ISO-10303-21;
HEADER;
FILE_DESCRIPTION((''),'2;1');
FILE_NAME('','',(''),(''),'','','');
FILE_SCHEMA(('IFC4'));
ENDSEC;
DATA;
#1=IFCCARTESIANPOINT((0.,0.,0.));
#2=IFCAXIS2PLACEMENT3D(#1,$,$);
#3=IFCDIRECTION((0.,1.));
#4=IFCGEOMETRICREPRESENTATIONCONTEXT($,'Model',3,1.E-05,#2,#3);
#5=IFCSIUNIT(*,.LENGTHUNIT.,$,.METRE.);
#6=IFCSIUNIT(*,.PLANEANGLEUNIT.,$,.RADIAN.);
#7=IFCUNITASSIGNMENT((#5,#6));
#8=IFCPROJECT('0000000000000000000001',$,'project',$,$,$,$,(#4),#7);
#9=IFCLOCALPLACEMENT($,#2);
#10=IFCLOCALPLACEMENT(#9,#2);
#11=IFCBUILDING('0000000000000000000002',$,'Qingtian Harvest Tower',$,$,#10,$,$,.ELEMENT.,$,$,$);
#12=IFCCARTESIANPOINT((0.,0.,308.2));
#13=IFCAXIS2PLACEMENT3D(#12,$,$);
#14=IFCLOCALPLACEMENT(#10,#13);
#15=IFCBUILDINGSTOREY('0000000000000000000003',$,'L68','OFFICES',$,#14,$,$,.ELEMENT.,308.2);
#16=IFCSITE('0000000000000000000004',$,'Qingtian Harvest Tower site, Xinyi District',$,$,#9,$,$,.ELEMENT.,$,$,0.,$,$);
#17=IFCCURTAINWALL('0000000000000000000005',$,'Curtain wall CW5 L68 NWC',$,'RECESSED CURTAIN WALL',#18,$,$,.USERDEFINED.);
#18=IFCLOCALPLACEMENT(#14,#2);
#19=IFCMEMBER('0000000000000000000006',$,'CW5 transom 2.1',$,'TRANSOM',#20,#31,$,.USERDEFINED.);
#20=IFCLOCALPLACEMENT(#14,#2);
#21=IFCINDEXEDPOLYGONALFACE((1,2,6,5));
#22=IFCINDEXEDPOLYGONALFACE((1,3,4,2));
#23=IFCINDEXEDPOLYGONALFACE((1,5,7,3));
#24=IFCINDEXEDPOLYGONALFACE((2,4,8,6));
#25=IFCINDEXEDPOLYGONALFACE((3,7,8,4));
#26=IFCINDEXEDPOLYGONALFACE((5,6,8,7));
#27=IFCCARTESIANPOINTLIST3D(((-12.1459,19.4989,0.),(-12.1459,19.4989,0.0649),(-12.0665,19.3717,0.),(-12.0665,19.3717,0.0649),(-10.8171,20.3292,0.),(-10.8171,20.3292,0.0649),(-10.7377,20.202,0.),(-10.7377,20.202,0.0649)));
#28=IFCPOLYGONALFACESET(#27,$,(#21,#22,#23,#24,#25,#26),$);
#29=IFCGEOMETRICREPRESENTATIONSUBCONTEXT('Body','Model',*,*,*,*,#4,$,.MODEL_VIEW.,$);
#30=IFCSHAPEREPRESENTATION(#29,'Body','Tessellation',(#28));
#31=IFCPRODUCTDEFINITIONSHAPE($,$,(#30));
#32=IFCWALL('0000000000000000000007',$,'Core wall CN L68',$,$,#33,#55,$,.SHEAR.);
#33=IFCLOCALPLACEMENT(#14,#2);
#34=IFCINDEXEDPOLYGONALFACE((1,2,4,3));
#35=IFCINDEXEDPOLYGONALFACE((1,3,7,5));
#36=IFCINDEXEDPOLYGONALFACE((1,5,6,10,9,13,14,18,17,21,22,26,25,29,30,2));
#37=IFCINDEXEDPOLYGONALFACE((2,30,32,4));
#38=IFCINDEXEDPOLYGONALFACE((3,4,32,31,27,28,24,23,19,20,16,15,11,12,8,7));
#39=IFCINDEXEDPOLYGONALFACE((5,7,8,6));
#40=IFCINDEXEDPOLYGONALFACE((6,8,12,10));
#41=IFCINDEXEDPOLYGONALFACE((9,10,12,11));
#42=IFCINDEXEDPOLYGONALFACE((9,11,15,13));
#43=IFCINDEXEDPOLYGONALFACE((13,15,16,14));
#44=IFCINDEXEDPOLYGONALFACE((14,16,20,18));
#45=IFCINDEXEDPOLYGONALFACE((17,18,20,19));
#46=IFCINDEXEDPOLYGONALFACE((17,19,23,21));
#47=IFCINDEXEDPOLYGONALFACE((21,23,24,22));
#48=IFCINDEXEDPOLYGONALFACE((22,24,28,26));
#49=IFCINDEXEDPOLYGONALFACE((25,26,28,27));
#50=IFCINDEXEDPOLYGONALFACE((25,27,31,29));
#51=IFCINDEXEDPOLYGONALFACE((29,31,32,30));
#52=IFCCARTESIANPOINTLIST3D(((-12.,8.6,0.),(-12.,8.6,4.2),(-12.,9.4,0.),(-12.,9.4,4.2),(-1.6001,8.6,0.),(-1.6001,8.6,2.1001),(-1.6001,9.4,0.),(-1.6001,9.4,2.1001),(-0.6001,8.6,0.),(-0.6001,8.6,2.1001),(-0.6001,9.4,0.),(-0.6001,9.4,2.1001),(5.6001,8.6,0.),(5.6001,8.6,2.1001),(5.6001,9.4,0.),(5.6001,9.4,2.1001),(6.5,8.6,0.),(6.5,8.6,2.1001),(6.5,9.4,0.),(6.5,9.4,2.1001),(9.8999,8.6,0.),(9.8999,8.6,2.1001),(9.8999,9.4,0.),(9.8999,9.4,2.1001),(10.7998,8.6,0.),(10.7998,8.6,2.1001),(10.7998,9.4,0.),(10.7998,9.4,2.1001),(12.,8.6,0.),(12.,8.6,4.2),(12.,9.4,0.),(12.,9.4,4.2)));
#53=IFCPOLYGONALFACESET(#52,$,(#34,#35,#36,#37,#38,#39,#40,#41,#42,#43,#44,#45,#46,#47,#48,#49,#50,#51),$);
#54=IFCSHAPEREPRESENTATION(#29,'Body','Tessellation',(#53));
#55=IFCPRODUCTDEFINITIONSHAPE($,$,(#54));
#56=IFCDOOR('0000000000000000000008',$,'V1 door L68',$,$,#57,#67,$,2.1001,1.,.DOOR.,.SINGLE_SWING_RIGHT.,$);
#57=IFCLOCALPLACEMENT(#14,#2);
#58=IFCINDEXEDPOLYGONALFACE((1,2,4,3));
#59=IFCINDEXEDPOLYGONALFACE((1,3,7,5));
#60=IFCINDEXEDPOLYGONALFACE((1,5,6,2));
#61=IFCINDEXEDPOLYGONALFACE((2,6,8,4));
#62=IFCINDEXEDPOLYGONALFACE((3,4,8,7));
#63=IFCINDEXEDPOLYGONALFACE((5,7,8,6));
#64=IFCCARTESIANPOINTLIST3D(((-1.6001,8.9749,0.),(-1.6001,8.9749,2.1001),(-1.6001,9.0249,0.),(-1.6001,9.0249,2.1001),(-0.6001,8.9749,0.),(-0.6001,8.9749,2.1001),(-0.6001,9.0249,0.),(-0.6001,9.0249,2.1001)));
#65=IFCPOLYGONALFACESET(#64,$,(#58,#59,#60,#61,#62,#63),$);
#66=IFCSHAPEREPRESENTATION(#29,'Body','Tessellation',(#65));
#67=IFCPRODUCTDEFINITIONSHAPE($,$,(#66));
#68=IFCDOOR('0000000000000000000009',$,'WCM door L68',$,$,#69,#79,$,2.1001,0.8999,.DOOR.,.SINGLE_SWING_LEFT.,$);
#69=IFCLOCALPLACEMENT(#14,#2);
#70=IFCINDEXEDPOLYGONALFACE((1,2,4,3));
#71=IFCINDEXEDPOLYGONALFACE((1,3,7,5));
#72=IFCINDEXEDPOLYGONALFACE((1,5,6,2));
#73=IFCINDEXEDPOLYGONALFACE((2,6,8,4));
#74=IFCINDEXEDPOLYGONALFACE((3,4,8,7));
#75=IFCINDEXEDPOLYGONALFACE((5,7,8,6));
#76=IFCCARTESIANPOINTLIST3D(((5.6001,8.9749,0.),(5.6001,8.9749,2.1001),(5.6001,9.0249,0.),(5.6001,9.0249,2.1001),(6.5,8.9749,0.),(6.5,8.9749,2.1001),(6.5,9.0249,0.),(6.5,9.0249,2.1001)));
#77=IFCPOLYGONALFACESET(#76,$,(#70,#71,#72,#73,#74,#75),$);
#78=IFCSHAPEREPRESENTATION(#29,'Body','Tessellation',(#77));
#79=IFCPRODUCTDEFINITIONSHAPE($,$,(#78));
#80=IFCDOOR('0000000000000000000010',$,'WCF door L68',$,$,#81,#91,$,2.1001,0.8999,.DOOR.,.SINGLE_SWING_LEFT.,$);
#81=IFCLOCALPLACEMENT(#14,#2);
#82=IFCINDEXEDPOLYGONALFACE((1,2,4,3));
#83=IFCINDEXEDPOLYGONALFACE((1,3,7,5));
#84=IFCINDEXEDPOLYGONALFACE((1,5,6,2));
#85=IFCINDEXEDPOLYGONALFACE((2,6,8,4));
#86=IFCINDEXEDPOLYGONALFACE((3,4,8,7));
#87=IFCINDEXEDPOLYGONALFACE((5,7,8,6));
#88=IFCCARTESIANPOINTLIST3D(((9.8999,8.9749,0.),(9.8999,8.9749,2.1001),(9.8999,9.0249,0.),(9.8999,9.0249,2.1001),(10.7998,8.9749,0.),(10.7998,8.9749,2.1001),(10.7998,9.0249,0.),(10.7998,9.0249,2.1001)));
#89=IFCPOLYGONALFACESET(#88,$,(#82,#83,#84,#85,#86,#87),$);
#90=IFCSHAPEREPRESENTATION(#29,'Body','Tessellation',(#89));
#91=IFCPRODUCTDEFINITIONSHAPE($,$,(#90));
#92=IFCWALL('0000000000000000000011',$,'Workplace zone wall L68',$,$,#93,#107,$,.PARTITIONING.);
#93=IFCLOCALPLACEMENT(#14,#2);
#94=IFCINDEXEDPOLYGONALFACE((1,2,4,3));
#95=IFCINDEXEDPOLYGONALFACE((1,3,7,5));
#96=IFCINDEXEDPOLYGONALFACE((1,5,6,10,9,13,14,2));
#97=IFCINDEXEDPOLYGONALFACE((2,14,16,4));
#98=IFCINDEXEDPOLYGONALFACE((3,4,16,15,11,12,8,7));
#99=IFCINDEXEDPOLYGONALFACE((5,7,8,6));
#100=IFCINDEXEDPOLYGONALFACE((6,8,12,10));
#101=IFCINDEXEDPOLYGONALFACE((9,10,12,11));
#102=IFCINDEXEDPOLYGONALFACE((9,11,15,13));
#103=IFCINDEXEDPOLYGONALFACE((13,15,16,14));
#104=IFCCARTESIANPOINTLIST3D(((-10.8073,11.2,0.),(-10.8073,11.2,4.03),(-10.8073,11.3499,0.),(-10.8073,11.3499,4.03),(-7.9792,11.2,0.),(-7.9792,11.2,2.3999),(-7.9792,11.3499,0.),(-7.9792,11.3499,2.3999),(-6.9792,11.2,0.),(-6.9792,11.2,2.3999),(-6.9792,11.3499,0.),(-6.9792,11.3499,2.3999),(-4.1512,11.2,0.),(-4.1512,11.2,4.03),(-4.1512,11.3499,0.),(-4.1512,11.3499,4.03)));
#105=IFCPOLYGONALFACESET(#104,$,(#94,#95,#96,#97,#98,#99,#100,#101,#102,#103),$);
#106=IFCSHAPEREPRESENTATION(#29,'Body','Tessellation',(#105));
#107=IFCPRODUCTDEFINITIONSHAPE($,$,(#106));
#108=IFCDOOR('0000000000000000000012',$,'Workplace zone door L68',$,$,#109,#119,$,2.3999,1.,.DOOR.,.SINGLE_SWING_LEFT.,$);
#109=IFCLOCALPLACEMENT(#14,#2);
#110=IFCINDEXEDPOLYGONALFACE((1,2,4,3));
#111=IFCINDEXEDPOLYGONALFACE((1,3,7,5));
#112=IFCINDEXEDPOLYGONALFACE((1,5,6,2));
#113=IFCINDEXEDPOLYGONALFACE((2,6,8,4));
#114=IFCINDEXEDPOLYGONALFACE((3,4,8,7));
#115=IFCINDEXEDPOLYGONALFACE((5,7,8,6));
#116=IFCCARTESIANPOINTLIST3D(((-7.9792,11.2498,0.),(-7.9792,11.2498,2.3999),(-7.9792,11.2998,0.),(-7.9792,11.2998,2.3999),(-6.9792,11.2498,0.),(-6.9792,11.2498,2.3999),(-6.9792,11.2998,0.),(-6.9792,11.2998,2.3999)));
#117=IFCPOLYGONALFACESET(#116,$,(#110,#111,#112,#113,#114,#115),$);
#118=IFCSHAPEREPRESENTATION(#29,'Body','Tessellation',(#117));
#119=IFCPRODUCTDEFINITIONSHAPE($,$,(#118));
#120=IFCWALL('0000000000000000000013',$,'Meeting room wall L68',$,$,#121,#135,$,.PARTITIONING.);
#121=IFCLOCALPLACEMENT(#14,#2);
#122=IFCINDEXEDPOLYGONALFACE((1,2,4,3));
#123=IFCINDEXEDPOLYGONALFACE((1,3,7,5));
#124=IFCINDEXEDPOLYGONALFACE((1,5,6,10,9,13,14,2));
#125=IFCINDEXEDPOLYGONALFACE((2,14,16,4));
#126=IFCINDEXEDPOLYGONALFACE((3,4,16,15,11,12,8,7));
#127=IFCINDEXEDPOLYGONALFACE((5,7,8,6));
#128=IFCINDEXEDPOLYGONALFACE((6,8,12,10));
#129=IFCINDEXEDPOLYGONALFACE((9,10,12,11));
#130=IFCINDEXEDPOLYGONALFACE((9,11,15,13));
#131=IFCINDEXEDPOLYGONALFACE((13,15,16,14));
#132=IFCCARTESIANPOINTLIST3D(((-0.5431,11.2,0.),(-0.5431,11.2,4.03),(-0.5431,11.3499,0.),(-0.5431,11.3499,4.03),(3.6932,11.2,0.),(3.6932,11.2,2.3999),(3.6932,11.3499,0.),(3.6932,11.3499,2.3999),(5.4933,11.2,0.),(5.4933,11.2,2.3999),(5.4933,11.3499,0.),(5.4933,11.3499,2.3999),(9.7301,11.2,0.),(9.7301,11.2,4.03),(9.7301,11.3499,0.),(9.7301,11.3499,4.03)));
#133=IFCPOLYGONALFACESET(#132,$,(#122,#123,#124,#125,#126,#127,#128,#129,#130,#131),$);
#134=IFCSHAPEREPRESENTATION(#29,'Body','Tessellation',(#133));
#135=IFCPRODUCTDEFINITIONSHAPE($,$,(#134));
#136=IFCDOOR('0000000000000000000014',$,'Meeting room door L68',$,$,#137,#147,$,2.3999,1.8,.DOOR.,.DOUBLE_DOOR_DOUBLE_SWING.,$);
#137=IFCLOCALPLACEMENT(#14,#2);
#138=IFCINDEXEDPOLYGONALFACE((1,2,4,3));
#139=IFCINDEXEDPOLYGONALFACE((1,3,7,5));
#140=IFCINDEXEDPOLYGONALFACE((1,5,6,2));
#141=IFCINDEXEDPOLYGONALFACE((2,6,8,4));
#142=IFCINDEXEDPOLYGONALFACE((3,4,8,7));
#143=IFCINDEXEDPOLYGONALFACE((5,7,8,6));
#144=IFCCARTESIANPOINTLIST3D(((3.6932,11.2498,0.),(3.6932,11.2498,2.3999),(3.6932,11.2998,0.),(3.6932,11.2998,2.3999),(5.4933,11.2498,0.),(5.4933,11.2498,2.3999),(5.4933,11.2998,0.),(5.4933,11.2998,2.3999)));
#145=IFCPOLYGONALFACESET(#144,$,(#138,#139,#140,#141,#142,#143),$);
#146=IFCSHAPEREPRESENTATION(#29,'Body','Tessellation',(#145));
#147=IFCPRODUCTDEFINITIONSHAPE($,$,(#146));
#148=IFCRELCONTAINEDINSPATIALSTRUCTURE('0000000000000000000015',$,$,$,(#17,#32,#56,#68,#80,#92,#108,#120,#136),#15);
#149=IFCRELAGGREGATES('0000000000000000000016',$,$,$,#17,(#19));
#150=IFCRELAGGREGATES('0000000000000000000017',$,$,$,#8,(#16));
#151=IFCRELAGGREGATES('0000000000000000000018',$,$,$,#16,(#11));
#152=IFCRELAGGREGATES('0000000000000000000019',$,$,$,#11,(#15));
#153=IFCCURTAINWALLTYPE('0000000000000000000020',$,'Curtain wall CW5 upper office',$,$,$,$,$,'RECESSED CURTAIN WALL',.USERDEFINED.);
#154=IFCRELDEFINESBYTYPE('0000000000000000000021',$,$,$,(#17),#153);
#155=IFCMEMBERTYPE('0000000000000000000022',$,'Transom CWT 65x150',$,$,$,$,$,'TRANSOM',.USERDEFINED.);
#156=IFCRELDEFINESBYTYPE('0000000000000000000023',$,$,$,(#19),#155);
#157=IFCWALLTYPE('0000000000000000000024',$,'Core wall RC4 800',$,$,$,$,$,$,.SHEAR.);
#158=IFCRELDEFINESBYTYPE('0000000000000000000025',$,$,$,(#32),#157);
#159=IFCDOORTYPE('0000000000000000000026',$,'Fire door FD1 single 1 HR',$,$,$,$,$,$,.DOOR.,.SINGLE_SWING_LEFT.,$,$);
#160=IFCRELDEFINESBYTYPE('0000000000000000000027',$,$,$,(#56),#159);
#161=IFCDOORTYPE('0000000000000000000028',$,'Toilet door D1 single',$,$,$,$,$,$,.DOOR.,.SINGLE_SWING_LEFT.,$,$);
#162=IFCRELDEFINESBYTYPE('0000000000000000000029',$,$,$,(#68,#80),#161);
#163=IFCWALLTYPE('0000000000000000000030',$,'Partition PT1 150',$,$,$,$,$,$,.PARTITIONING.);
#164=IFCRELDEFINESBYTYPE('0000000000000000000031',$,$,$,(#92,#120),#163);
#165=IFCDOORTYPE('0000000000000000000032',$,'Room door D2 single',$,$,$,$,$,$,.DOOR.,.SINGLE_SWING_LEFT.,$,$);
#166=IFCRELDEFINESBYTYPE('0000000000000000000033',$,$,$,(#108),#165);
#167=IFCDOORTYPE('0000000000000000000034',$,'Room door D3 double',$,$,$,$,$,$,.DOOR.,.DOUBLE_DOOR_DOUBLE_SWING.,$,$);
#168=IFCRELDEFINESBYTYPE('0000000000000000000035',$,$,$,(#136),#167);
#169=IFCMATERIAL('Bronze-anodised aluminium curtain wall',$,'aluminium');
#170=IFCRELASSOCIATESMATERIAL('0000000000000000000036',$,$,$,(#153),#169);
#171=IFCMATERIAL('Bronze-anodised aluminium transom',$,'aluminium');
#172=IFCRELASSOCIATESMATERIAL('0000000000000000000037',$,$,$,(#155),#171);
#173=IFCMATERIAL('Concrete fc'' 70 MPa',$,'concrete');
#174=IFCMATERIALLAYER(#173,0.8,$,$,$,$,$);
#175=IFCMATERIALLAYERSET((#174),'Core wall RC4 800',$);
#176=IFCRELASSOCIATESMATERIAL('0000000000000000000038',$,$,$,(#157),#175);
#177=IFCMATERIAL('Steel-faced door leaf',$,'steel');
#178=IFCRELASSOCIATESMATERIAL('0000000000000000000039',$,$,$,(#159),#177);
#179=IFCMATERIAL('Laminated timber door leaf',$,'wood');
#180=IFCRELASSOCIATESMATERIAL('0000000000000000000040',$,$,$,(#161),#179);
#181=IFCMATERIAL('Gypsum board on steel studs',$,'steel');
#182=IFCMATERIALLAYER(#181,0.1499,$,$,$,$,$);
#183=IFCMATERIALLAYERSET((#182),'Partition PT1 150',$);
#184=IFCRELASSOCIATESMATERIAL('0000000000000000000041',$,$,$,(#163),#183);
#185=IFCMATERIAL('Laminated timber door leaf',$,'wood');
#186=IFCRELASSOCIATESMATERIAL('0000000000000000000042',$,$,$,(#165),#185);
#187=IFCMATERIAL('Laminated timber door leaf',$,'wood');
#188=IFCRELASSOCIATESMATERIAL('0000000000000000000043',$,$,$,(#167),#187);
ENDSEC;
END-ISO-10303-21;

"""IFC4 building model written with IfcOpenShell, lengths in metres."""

from ifc_helpers import new_model, si_unit, direction, frame, frame_2d, origin, origin_2d, place, context, subcontext, project, spatial, rectangle, extrude, material, layer, layer_set, material_profile, profile_set, type_object, element, fill, aggregate, save


model = new_model("IFC4")

# Units and contexts
model_context = context("Model", 3, precision=1e-05, world=origin(), true_north=direction((0.0, 1.0)))
body_context = subcontext(model_context, "Body", "Model", "MODEL_VIEW")
ifc_project = project(units=[si_unit("LENGTHUNIT", "METRE"), si_unit("PLANEANGLEUNIT", "RADIAN")], contexts=[model_context])

# Site, building, storey
site_placement = place(None, origin())
site = spatial("IfcSite", under=ifc_project, at=site_placement, Name="Qingtian Harvest Tower site, Xinyi District", CompositionType="ELEMENT", RefElevation=0.0)
building_placement = place(site_placement, origin())
building = spatial("IfcBuilding", under=site, at=building_placement, Name="Qingtian Harvest Tower", CompositionType="ELEMENT")
storey_placement = place(building_placement, frame((0.0, 0.0, 308.2)))
storey = spatial("IfcBuildingStorey", under=building, at=storey_placement, Name="L68", Description="OFFICES", CompositionType="ELEMENT", Elevation=308.2)

# Curtain wall, member
ifc_material_1 = material(Name="Bronze-anodised aluminium curtain wall", Category="aluminium")
curtain_wall_type = type_object("IfcCurtainWallType", Name="Curtain wall CW5 upper office", ElementType="RECESSED CURTAIN WALL", PredefinedType="USERDEFINED", material=ifc_material_1)
curtain_wall_placement = place(storey_placement, origin())
curtain_wall = element("IfcCurtainWall", 1, at=curtain_wall_placement, inside=storey, type_object=curtain_wall_type, Name="Curtain wall CW5 L68 NWC", ObjectType="RECESSED CURTAIN WALL", PredefinedType="USERDEFINED")
ifc_material_2 = material(Name="Bronze-anodised aluminium transom", Category="aluminium")
ifc_material_profile = material_profile(ifc_material_2, rectangle(XDim=0.1499, YDim=0.0649, at=origin_2d()), Name="AL 65x150")
ifc_profile_set = profile_set([ifc_material_profile], Name="Bronze-anodised aluminium transom")
member_type = type_object("IfcMemberType", Name="Transom CWT 65x150", ElementType="TRANSOM", PredefinedType="USERDEFINED", material=ifc_profile_set)
member_placement = place(storey_placement, frame((-12.1062, 19.4353, 0.0325), z_axis=(0.84806, 0.529901, 0.0), x_axis=(-0.529901, 0.84806, 0.0)))
member = element("IfcMember", 2, at=member_placement, type_object=member_type, Name="CW5 transom 2.1", ObjectType="TRANSOM", PredefinedType="USERDEFINED", context=body_context, shape_type="SweptSolid", body=[
    extrude(rectangle(XDim=0.1499, YDim=0.0649, at=origin_2d()), origin(), (0.0, 0.0, 1.0), 1.5669),
])
aggregate(curtain_wall, [member])

# Wall, openings, doors
ifc_material_3 = material(Name="Concrete fc' 70 MPa", Category="concrete")
ifc_layer_1 = layer(ifc_material_3, 0.8)
ifc_layer_set_1 = layer_set([ifc_layer_1], Name="Core wall RC4 800")
wall_type_1 = type_object("IfcWallType", Name="Core wall RC4 800", PredefinedType="SHEAR", material=ifc_layer_set_1)
wall_1_placement = place(storey_placement, frame((-12.0, 9.0, 0.0), z_axis=(0.0, 0.0, 1.0), x_axis=(1.0, 0.0, 0.0)))
wall_1 = element("IfcWall", 3, at=wall_1_placement, inside=storey, type_object=wall_type_1, Name="Core wall CN L68", PredefinedType="SHEAR", context=body_context, shape_type="SweptSolid", body=[
    extrude(rectangle(XDim=24.0, YDim=0.8, at=frame_2d((12.0, 0.0))), origin(), (0.0, 0.0, 1.0), 4.2),
])
opening_1_placement = place(wall_1_placement, frame((10.3999, 0.0, 0.0)))
opening_1 = element("IfcOpeningElement", 4, at=opening_1_placement, cuts=wall_1, PredefinedType="OPENING", context=body_context, shape_type="SweptSolid", body=[
    extrude(rectangle(XDim=1.0, YDim=2.1001, at=frame_2d((0.5, 1.05))), frame((0.0, 0.4099, 0.0), z_axis=(0.0, -1.0, 0.0), x_axis=(1.0, 0.0, 0.0)), (0.0, 0.0, 1.0), 0.8201),
])
opening_2_placement = place(wall_1_placement, frame((17.6001, 0.0, 0.0)))
opening_2 = element("IfcOpeningElement", 5, at=opening_2_placement, cuts=wall_1, PredefinedType="OPENING", context=body_context, shape_type="SweptSolid", body=[
    extrude(rectangle(XDim=0.8999, YDim=2.1001, at=frame_2d((0.45, 1.05))), frame((0.0, 0.4099, 0.0), z_axis=(0.0, -1.0, 0.0), x_axis=(1.0, 0.0, 0.0)), (0.0, 0.0, 1.0), 0.8201),
])
opening_3_placement = place(wall_1_placement, frame((21.8999, 0.0, 0.0)))
opening_3 = element("IfcOpeningElement", 6, at=opening_3_placement, cuts=wall_1, PredefinedType="OPENING", context=body_context, shape_type="SweptSolid", body=[
    extrude(rectangle(XDim=0.8999, YDim=2.1001, at=frame_2d((0.45, 1.05))), frame((0.0, 0.4099, 0.0), z_axis=(0.0, -1.0, 0.0), x_axis=(1.0, 0.0, 0.0)), (0.0, 0.0, 1.0), 0.8201),
])
ifc_material_4 = material(Name="Steel-faced door leaf", Category="steel")
door_type_1 = type_object("IfcDoorType", Name="Fire door FD1 single 1 HR", OperationType="SINGLE_SWING_LEFT", PredefinedType="DOOR", material=ifc_material_4)
door_1_placement = place(opening_1_placement, origin())
door_1 = element("IfcDoor", 7, at=door_1_placement, inside=storey, type_object=door_type_1, Name="V1 door L68", OperationType="SINGLE_SWING_RIGHT", OverallHeight=2.1001, OverallWidth=1.0, PredefinedType="DOOR", context=body_context, shape_type="SweptSolid", body=[
    extrude(rectangle(XDim=1.0, YDim=2.1001, at=frame_2d((0.5, 1.05))), frame((0.0, 0.0249, 0.0), z_axis=(0.0, -1.0, 0.0), x_axis=(1.0, 0.0, 0.0)), (0.0, 0.0, 1.0), 0.05),
])
fill(opening_1, door_1)
ifc_material_5 = material(Name="Laminated timber door leaf", Category="wood")
door_type_2 = type_object("IfcDoorType", Name="Toilet door D1 single", OperationType="SINGLE_SWING_LEFT", PredefinedType="DOOR", material=ifc_material_5)
door_2_placement = place(opening_2_placement, origin())
door_2 = element("IfcDoor", 8, at=door_2_placement, inside=storey, type_object=door_type_2, Name="WCM door L68", OperationType="SINGLE_SWING_LEFT", OverallHeight=2.1001, OverallWidth=0.8999, PredefinedType="DOOR", context=body_context, shape_type="SweptSolid", body=[
    extrude(rectangle(XDim=0.8999, YDim=2.1001, at=frame_2d((0.45, 1.05))), frame((0.0, 0.0249, 0.0), z_axis=(0.0, -1.0, 0.0), x_axis=(1.0, 0.0, 0.0)), (0.0, 0.0, 1.0), 0.05),
])
fill(opening_2, door_2)
door_3_placement = place(opening_3_placement, origin())
door_3 = element("IfcDoor", 9, at=door_3_placement, inside=storey, type_object=door_type_2, Name="WCF door L68", OperationType="SINGLE_SWING_LEFT", OverallHeight=2.1001, OverallWidth=0.8999, PredefinedType="DOOR", context=body_context, shape_type="SweptSolid", body=[
    extrude(rectangle(XDim=0.8999, YDim=2.1001, at=frame_2d((0.45, 1.05))), frame((0.0, 0.0249, 0.0), z_axis=(0.0, -1.0, 0.0), x_axis=(1.0, 0.0, 0.0)), (0.0, 0.0, 1.0), 0.05),
])
fill(opening_3, door_3)

# Walls, openings, doors
ifc_material_6 = material(Name="Gypsum board on steel studs", Category="steel")
ifc_layer_2 = layer(ifc_material_6, 0.1499)
ifc_layer_set_2 = layer_set([ifc_layer_2], Name="Partition PT1 150")
wall_type_2 = type_object("IfcWallType", Name="Partition PT1 150", PredefinedType="PARTITIONING", material=ifc_layer_set_2)
wall_2_placement = place(storey_placement, frame((-10.8074, 11.2749, 0.0), z_axis=(0.0, 0.0, 1.0), x_axis=(1.0, 0.0, 0.0)))
wall_2 = element("IfcWall", 10, at=wall_2_placement, inside=storey, type_object=wall_type_2, Name="Workplace zone wall L68", PredefinedType="PARTITIONING", context=body_context, shape_type="SweptSolid", body=[
    extrude(rectangle(XDim=6.656, YDim=0.1499, at=frame_2d((3.3281, 0.0))), origin(), (0.0, 0.0, 1.0), 4.03),
])
opening_4_placement = place(wall_2_placement, frame((2.8281, 0.0, 0.0)))
opening_4 = element("IfcOpeningElement", 11, at=opening_4_placement, cuts=wall_2, PredefinedType="OPENING", context=body_context, shape_type="SweptSolid", body=[
    extrude(rectangle(XDim=1.0, YDim=2.3999, at=frame_2d((0.5, 1.2))), frame((0.0, 0.085, 0.0), z_axis=(0.0, -1.0, 0.0), x_axis=(1.0, 0.0, 0.0)), (0.0, 0.0, 1.0), 0.1699),
])
ifc_material_7 = material(Name="Laminated timber door leaf", Category="wood")
door_type_3 = type_object("IfcDoorType", Name="Room door D2 single", OperationType="SINGLE_SWING_LEFT", PredefinedType="DOOR", material=ifc_material_7)
door_4_placement = place(opening_4_placement, origin())
door_4 = element("IfcDoor", 12, at=door_4_placement, inside=storey, type_object=door_type_3, Name="Workplace zone door L68", OperationType="SINGLE_SWING_LEFT", OverallHeight=2.3999, OverallWidth=1.0, PredefinedType="DOOR", context=body_context, shape_type="SweptSolid", body=[
    extrude(rectangle(XDim=1.0, YDim=2.3999, at=frame_2d((0.5, 1.2))), frame((0.0, 0.0249, 0.0), z_axis=(0.0, -1.0, 0.0), x_axis=(1.0, 0.0, 0.0)), (0.0, 0.0, 1.0), 0.05),
])
fill(opening_4, door_4)
wall_3_placement = place(storey_placement, frame((-0.5432, 11.2749, 0.0), z_axis=(0.0, 0.0, 1.0), x_axis=(1.0, 0.0, 0.0)))
wall_3 = element("IfcWall", 13, at=wall_3_placement, inside=storey, type_object=wall_type_2, Name="Meeting room wall L68", PredefinedType="PARTITIONING", context=body_context, shape_type="SweptSolid", body=[
    extrude(rectangle(XDim=10.2732, YDim=0.1499, at=frame_2d((5.1367, 0.0))), origin(), (0.0, 0.0, 1.0), 4.03),
])
opening_5_placement = place(wall_3_placement, frame((4.2366, 0.0, 0.0)))
opening_5 = element("IfcOpeningElement", 14, at=opening_5_placement, cuts=wall_3, PredefinedType="OPENING", context=body_context, shape_type="SweptSolid", body=[
    extrude(rectangle(XDim=1.8, YDim=2.3999, at=frame_2d((0.8999, 1.2))), frame((0.0, 0.085, 0.0), z_axis=(0.0, -1.0, 0.0), x_axis=(1.0, 0.0, 0.0)), (0.0, 0.0, 1.0), 0.1699),
])
ifc_material_8 = material(Name="Laminated timber door leaf", Category="wood")
door_type_4 = type_object("IfcDoorType", Name="Room door D3 double", OperationType="DOUBLE_DOOR_DOUBLE_SWING", PredefinedType="DOOR", material=ifc_material_8)
door_5_placement = place(opening_5_placement, origin())
door_5 = element("IfcDoor", 15, at=door_5_placement, inside=storey, type_object=door_type_4, Name="Meeting room door L68", OperationType="DOUBLE_DOOR_DOUBLE_SWING", OverallHeight=2.3999, OverallWidth=1.8, PredefinedType="DOOR", context=body_context, shape_type="SweptSolid", body=[
    extrude(rectangle(XDim=1.8, YDim=2.3999, at=frame_2d((0.8999, 1.2))), frame((0.0, 0.0249, 0.0), z_axis=(0.0, -1.0, 0.0), x_axis=(1.0, 0.0, 0.0)), (0.0, 0.0, 1.0), 0.05),
])
fill(opening_5, door_5)

save(model, "model.ifc")
